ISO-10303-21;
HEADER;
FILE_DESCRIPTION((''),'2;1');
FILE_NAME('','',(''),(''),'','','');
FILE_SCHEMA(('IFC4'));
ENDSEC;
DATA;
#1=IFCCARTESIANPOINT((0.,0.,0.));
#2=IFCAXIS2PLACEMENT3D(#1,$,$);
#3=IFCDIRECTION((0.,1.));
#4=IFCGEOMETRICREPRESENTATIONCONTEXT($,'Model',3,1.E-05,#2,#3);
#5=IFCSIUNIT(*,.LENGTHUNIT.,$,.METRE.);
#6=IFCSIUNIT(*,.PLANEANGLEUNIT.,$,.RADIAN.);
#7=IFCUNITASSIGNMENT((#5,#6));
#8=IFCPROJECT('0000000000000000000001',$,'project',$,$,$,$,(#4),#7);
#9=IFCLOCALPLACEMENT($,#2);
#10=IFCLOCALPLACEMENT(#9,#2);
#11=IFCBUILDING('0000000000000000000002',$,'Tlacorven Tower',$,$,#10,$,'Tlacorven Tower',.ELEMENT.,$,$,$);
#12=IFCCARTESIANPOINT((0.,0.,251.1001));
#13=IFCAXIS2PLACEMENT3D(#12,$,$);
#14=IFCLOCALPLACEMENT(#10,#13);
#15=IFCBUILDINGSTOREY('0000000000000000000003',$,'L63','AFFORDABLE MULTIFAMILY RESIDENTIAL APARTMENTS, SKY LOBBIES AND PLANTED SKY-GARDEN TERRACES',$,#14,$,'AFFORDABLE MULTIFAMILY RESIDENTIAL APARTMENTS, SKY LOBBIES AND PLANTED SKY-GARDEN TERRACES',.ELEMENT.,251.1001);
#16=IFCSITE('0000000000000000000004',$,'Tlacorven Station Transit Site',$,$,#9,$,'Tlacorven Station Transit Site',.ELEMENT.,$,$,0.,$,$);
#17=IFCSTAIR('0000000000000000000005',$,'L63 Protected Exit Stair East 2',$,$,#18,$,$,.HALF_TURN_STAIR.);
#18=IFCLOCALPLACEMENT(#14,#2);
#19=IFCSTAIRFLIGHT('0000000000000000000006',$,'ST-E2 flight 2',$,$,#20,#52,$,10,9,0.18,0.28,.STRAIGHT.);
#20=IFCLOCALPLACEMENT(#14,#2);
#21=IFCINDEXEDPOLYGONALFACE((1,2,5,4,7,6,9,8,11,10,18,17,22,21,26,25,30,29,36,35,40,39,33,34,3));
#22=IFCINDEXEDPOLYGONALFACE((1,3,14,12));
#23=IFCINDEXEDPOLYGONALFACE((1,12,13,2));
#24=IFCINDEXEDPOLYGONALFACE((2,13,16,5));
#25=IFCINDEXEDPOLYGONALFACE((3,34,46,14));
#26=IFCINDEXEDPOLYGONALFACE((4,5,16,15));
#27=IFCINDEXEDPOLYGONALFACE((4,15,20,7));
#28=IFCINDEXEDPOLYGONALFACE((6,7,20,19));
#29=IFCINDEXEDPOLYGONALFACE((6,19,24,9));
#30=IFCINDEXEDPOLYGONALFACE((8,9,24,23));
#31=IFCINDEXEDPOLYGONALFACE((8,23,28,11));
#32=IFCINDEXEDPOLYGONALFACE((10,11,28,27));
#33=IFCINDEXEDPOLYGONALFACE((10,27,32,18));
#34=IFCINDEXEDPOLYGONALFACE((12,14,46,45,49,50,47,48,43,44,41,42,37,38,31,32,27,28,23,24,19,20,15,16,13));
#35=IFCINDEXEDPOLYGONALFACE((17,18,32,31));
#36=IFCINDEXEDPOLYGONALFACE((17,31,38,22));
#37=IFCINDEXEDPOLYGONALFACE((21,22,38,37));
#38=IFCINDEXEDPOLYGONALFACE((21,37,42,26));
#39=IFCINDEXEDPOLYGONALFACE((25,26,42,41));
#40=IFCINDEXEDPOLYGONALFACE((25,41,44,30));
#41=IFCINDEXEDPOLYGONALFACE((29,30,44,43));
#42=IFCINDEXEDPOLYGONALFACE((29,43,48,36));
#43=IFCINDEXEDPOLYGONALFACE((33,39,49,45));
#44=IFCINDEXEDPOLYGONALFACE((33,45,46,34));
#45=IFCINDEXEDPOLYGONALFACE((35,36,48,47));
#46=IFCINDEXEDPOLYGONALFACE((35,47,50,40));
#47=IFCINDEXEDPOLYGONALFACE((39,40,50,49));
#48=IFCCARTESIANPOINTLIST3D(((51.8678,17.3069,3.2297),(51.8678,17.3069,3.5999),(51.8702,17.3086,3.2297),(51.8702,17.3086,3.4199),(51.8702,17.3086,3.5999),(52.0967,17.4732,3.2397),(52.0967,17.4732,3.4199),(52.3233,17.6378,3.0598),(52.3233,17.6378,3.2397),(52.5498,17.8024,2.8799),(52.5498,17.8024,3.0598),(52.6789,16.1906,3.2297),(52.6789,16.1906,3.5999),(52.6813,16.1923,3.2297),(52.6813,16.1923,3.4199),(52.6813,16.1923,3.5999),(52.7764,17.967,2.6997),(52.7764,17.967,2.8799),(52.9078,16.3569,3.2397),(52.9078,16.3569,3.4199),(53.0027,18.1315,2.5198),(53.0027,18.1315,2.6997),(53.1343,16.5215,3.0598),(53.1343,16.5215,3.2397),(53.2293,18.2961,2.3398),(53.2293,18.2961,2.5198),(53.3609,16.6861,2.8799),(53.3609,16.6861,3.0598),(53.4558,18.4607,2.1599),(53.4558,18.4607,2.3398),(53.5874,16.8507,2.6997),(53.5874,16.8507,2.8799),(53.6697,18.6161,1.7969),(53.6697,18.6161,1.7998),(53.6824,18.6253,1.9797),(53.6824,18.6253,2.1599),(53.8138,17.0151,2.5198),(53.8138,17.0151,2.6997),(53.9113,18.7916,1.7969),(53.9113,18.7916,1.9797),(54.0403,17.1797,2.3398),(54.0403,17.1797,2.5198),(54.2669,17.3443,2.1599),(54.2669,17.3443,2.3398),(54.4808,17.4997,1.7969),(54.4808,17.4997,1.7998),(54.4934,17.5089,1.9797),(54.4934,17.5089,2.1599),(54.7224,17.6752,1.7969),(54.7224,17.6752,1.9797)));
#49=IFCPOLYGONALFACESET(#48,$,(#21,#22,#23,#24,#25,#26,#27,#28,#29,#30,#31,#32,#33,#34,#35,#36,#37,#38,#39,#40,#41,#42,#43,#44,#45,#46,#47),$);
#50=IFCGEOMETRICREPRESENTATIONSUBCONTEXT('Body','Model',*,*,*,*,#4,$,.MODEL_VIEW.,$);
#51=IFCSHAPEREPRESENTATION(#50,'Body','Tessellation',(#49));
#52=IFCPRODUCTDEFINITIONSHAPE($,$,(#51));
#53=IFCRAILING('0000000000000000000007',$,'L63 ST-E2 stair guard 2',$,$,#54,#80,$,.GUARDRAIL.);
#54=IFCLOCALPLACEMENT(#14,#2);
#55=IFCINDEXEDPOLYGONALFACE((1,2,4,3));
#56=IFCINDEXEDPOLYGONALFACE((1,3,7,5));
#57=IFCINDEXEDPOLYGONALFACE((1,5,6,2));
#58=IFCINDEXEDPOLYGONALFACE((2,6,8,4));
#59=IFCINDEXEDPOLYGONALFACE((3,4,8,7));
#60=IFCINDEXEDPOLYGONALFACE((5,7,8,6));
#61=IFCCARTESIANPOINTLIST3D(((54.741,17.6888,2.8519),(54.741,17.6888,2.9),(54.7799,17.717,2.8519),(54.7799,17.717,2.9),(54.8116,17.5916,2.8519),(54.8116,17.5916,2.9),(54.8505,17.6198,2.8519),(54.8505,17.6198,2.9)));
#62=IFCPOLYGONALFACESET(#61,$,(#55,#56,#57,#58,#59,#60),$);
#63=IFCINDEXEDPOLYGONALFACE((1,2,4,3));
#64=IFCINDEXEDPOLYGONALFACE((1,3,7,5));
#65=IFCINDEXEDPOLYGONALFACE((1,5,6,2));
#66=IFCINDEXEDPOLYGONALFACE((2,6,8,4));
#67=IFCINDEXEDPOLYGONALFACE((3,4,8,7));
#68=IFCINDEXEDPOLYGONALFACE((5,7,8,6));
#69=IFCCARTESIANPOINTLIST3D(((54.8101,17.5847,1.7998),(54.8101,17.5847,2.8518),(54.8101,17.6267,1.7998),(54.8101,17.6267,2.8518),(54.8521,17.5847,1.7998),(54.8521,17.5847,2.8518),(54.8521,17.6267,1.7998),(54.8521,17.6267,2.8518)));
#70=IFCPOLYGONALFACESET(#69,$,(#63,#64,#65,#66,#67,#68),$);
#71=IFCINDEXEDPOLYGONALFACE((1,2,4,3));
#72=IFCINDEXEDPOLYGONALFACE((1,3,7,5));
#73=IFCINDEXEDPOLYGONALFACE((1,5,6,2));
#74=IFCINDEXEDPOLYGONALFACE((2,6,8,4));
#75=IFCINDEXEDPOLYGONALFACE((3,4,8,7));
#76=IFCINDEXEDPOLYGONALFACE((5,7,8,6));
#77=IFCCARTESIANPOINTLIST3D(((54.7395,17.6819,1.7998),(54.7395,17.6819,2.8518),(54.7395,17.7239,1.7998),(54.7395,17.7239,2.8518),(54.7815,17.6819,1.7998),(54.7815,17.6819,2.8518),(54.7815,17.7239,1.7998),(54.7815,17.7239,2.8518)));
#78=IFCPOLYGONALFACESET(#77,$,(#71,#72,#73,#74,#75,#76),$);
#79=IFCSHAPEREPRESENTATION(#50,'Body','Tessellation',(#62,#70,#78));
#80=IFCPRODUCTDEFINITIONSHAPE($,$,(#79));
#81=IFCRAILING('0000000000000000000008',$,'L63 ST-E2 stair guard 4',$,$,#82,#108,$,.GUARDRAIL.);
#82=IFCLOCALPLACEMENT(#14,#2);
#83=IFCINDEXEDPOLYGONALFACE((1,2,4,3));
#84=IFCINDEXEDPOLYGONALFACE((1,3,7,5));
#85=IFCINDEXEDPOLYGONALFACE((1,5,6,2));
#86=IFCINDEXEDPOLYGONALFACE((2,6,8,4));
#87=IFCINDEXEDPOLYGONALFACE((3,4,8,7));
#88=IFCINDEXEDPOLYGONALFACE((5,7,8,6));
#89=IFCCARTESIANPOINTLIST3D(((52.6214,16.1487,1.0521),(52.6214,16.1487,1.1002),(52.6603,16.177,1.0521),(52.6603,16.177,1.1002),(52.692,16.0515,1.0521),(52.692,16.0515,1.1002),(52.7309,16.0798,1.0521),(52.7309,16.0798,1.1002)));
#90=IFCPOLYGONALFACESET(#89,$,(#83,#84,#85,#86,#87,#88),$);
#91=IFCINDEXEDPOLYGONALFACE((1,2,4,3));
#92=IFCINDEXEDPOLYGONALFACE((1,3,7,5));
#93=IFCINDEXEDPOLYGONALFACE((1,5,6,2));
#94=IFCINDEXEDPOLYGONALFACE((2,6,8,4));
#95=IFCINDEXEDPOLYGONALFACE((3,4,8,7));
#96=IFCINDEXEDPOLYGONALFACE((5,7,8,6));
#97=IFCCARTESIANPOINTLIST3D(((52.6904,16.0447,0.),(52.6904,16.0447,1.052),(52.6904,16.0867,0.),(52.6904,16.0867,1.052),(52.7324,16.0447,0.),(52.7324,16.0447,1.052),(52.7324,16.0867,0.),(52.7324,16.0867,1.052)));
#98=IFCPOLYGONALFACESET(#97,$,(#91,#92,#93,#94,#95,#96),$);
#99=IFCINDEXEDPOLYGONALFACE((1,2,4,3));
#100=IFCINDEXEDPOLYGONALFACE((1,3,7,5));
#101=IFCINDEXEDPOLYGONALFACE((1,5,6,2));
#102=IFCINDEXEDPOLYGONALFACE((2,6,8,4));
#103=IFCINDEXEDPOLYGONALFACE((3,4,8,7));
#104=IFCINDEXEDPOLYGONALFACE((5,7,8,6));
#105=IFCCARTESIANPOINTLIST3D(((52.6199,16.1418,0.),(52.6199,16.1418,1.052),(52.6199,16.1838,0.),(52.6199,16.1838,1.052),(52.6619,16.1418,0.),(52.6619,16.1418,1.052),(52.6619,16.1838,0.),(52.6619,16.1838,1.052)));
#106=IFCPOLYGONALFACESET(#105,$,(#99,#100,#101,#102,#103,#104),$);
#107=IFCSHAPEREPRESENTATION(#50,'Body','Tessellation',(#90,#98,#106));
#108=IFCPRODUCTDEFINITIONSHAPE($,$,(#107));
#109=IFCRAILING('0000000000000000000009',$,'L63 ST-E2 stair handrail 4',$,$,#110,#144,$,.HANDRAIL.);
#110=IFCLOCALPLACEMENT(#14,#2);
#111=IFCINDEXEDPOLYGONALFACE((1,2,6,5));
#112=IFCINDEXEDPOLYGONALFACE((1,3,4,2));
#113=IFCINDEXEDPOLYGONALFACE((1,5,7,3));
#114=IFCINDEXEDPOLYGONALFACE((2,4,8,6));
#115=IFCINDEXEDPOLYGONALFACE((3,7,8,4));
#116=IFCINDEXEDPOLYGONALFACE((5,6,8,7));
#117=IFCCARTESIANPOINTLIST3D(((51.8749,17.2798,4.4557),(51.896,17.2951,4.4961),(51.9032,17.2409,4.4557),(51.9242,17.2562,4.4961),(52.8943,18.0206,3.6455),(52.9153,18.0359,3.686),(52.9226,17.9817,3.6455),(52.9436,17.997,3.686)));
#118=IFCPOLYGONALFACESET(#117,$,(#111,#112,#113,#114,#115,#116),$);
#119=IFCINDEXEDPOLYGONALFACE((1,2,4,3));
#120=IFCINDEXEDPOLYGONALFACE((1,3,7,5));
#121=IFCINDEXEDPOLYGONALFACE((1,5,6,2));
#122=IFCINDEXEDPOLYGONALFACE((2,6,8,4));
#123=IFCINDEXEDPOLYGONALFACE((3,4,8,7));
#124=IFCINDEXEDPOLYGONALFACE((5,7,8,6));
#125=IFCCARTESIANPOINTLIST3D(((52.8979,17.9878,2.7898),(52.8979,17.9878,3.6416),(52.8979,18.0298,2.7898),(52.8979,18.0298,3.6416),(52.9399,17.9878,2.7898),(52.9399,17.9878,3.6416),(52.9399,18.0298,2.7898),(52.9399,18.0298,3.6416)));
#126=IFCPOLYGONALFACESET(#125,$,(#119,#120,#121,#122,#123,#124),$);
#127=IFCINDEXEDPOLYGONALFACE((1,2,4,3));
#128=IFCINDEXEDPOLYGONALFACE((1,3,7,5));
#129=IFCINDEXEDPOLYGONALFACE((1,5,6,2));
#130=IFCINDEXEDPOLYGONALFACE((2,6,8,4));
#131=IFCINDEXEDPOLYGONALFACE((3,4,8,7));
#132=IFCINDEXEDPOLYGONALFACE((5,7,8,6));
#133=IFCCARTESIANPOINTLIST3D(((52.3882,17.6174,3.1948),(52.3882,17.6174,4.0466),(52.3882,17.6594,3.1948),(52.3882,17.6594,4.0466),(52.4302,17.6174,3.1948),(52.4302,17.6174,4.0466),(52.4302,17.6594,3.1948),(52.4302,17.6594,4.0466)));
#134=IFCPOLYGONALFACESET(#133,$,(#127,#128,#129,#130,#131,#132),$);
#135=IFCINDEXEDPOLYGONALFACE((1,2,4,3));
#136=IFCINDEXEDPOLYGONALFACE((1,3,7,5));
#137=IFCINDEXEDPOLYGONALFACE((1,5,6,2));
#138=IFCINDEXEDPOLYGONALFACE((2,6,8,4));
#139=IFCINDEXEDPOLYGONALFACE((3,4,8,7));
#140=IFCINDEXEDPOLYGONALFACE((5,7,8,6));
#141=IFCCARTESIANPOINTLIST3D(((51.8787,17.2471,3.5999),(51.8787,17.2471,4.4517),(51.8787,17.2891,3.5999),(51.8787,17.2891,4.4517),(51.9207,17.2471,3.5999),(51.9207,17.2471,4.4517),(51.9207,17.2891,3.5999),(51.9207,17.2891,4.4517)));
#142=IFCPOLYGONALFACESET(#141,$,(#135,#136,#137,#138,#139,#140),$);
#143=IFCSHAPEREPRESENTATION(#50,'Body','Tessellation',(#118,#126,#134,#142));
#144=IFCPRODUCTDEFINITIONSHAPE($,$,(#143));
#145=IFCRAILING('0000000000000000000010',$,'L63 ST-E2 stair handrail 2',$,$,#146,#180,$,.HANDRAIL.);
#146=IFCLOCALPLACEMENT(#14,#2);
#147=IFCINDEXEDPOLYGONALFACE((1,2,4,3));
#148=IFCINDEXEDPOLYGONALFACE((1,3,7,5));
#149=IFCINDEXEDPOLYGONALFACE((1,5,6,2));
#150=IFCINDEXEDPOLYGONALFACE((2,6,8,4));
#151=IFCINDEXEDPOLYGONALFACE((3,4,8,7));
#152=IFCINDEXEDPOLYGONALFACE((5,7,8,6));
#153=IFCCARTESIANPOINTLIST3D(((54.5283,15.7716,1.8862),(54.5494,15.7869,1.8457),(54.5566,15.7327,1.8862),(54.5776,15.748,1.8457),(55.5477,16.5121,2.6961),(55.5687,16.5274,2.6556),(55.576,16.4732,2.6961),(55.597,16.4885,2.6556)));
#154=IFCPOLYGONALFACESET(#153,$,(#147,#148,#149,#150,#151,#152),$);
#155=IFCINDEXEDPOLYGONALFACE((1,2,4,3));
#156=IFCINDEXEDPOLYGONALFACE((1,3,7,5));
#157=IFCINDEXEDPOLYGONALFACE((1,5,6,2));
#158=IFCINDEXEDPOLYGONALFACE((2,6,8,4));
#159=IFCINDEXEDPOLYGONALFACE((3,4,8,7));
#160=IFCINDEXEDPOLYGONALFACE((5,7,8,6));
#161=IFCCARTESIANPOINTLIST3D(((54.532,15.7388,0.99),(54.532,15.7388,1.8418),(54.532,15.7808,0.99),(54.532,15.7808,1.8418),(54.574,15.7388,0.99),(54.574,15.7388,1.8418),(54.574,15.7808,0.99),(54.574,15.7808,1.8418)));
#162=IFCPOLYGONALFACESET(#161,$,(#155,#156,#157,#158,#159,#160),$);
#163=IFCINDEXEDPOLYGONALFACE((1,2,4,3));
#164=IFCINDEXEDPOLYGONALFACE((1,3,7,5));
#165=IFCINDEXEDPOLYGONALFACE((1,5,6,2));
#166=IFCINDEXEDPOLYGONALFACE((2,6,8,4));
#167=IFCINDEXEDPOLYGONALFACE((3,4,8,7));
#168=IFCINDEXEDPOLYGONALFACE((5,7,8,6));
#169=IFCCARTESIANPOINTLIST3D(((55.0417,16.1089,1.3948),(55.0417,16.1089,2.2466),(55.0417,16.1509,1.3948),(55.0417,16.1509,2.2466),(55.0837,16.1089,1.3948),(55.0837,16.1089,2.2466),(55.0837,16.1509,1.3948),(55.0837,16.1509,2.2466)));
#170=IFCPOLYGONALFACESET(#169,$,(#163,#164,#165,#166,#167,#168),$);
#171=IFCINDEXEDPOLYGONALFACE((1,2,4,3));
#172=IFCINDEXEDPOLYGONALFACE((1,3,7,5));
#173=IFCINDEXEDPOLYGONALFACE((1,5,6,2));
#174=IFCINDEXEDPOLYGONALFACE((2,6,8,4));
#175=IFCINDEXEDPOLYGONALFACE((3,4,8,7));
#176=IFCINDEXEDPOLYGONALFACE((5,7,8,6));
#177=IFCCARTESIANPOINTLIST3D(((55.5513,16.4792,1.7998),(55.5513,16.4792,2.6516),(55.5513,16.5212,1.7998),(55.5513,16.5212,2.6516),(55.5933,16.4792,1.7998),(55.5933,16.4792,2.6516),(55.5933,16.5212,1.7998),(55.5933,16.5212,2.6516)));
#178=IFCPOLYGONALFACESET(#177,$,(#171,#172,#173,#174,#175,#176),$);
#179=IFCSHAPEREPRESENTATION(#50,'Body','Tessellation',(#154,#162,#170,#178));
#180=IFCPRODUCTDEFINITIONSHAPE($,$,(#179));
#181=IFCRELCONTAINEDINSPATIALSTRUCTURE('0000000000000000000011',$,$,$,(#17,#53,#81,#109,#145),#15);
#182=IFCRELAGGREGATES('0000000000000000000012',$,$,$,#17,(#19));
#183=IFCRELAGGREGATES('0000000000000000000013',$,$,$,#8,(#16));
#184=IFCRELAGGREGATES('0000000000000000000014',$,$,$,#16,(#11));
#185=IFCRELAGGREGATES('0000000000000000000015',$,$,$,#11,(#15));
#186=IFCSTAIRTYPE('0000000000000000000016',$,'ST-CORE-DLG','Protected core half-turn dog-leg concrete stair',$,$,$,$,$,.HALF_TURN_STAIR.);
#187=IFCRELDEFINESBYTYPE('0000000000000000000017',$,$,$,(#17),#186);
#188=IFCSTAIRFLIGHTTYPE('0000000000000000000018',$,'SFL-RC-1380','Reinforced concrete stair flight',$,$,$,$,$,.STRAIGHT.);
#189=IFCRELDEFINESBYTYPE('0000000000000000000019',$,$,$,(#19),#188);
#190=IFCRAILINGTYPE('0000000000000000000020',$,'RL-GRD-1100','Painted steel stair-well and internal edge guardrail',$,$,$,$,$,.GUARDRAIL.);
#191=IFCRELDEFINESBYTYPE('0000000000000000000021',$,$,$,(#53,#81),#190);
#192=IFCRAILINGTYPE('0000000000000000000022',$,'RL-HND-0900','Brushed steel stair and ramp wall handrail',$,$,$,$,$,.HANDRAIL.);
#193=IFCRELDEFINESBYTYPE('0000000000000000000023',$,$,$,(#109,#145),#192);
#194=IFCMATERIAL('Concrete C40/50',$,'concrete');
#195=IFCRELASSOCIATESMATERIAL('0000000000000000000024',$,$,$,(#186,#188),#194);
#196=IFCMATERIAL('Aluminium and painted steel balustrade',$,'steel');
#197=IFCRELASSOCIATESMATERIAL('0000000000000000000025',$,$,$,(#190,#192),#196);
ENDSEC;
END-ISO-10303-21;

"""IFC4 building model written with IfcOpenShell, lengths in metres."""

from ifc_helpers import new_model, si_unit, direction, frame, origin, origin_2d, place, context, subcontext, project, spatial, polyline, rectangle, outline, extrude, source, transform, mapped, material, type_object, element, aggregate, save


model = new_model("IFC4")

# Units and contexts
model_context = context("Model", 3, precision=1e-05, world=origin(), true_north=direction((0.0, 1.0)))
body_context = subcontext(model_context, "Body", "Model", "MODEL_VIEW")
ifc_project = project(units=[si_unit("LENGTHUNIT", "METRE"), si_unit("PLANEANGLEUNIT", "RADIAN")], contexts=[model_context])

# Site, building, storey
site_placement = place(None, origin())
site = spatial("IfcSite", under=ifc_project, at=site_placement, Name="Tlacorven Station Transit Site", LongName="Tlacorven Station Transit Site", CompositionType="ELEMENT", RefElevation=0.0)
building_placement = place(site_placement, origin())
building = spatial("IfcBuilding", under=site, at=building_placement, Name="Tlacorven Tower", LongName="Tlacorven Tower", CompositionType="ELEMENT")
storey_placement = place(building_placement, frame((0.0, 0.0, 251.1001)))
storey = spatial("IfcBuildingStorey", under=building, at=storey_placement, Name="L63", Description="AFFORDABLE MULTIFAMILY RESIDENTIAL APARTMENTS, SKY LOBBIES AND PLANTED SKY-GARDEN TERRACES", LongName="AFFORDABLE MULTIFAMILY RESIDENTIAL APARTMENTS, SKY LOBBIES AND PLANTED SKY-GARDEN TERRACES", CompositionType="ELEMENT", Elevation=251.1001)

# Stair, stair flight
ifc_material_1 = material(Name="Concrete C40/50", Category="concrete")
stair_type = type_object("IfcStairType", Name="ST-CORE-DLG", Description="Protected core half-turn dog-leg concrete stair", PredefinedType="HALF_TURN_STAIR", material=ifc_material_1)
stair_placement = place(storey_placement, origin())
stair = element("IfcStair", 1, at=stair_placement, inside=storey, type_object=stair_type, Name="L63 Protected Exit Stair East 2", PredefinedType="HALF_TURN_STAIR")
stair_flight_type = type_object("IfcStairFlightType", Name="SFL-RC-1380", Description="Reinforced concrete stair flight", PredefinedType="STRAIGHT", material=ifc_material_1)
shared_shape_1 = source(origin(), body_context, "Body", "SweptSolid", [
    extrude(outline(polyline([(-0.0029, -0.0029), (-0.0029, 0.1799), (0.28, 0.1799), (0.28, 0.3601), (0.5601, 0.3601), (0.5601, 0.54), (0.8401, 0.54), (0.8401, 0.72), (1.1201, 0.72), (1.1201, 0.8999), (1.3999, 0.8999), (1.3999, 1.0801), (1.6799, 1.0801), (1.6799, 1.26), (1.96, 1.26), (1.96, 1.4399), (2.24, 1.4399), (2.24, 1.6201), (2.52, 1.6201), (2.52, 1.8), (2.5229, 1.8), (2.5229, 1.4299), (2.52, 1.4299), (0.2957, 0.0), (0.2957, -0.0029), (-0.0029, -0.0029)])), frame((0.0, 0.6899, 0.0), z_axis=(0.0, -1.0, 0.0), x_axis=(1.0, 0.0, 0.0)), (0.0, 0.0, 1.0), 1.3799),
])
stair_flight_1_placement = place(storey_placement, frame((54.3145, 18.2317, 1.7998), z_axis=(0.0, 0.0, 1.0), x_axis=(-0.809017, -0.587785, 0.0)))
stair_flight_1 = element("IfcStairFlight", 2, at=stair_flight_1_placement, type_object=stair_flight_type, Name="ST-E2 flight 2", NumberOfRisers=10, NumberOfTreads=9, PredefinedType="STRAIGHT", RiserHeight=0.18, TreadLength=0.28, context=body_context, shape_type="MappedRepresentation", body=[
    mapped(shared_shape_1, transform((0.0, 0.0, 0.0), scale=1.0)),
])
aggregate(stair, [stair_flight_1])

# Railings
ifc_material_2 = material(Name="Aluminium and painted steel balustrade", Category="steel")
railing_type_1 = type_object("IfcRailingType", Name="RL-GRD-1100", Description="Painted steel stair-well and internal edge guardrail", PredefinedType="GUARDRAIL", material=ifc_material_2)
shared_shape_2 = source(origin(), body_context, "Body", "SweptSolid", [
    extrude(rectangle(XDim=0.0481, YDim=0.0481, at=origin_2d()), frame((0.0, 0.0, 1.0762), z_axis=(-0.587567, 0.809175, 0.0), x_axis=(-0.809175, -0.587567, 0.0)), (0.0, 0.0, 1.0), 0.1201),
    extrude(rectangle(XDim=0.042, YDim=0.042, at=origin_2d()), origin(), (0.0, 0.0, 1.0), 1.052),
    extrude(rectangle(XDim=0.042, YDim=0.042, at=origin_2d()), frame((-0.0706, 0.0972, 0.0)), (0.0, 0.0, 1.0), 1.052),
])
for number, where, name in (
    (3, (54.8311, 17.6057, 1.7998), "L63 ST-E2 stair guard 2"),
    (4, (52.7114, 16.0657, 0.0), "L63 ST-E2 stair guard 4"),
):
    element("IfcRailing", number, at=place(storey_placement, frame(where)), inside=storey, type_object=railing_type_1, Name=name, PredefinedType="GUARDRAIL", context=body_context, shape_type="MappedRepresentation", body=[
        mapped(shared_shape_2, transform((0.0, 0.0, 0.0), scale=1.0)),
    ])
railing_type_2 = type_object("IfcRailingType", Name="RL-HND-0900", Description="Brushed steel stair and ramp wall handrail", PredefinedType="HANDRAIL", material=ifc_material_2)
shared_shape_3 = source(origin(), body_context, "Body", "SweptSolid", [
    extrude(rectangle(XDim=0.0481, YDim=0.0481, at=origin_2d()), frame((0.0, 0.0, 0.876), z_axis=(-0.680461, -0.494496, 0.540783), x_axis=(0.587872, -0.808954, 0.0)), (0.0, 0.0, 1.0), 1.498),
    extrude(rectangle(XDim=0.042, YDim=0.042, at=origin_2d()), origin(), (0.0, 0.0, 1.0), 0.8518),
    extrude(rectangle(XDim=0.042, YDim=0.042, at=origin_2d()), frame((-0.5098, -0.3704, 0.405)), (0.0, 0.0, 1.0), 0.8518),
    extrude(rectangle(XDim=0.042, YDim=0.042, at=origin_2d()), frame((-1.0193, -0.7407, 0.8101)), (0.0, 0.0, 1.0), 0.8518),
])
railing_1_placement = place(storey_placement, frame((52.9189, 18.0088, 2.7898)))
element("IfcRailing", 5, at=railing_1_placement, inside=storey, type_object=railing_type_2, Name="L63 ST-E2 stair handrail 4", PredefinedType="HANDRAIL", context=body_context, shape_type="MappedRepresentation", body=[
    mapped(shared_shape_3, transform((0.0, 0.0, 0.0), scale=1.0)),
])
shared_shape_4 = source(origin(), body_context, "Body", "SweptSolid", [
    extrude(rectangle(XDim=0.0481, YDim=0.0481, at=origin_2d()), frame((0.0, 0.0, 0.876), z_axis=(0.680576, 0.494416, 0.540712), x_axis=(-0.587745, 0.809046, 0.0)), (0.0, 0.0, 1.0), 1.4978),
    extrude(rectangle(XDim=0.042, YDim=0.042, at=origin_2d()), origin(), (0.0, 0.0, 1.0), 0.8518),
    extrude(rectangle(XDim=0.042, YDim=0.042, at=origin_2d()), frame((0.5098, 0.3701, 0.4048)), (0.0, 0.0, 1.0), 0.8518),
    extrude(rectangle(XDim=0.042, YDim=0.042, at=origin_2d()), frame((1.0193, 0.7405, 0.8098)), (0.0, 0.0, 1.0), 0.8518),
])
railing_2_placement = place(storey_placement, frame((54.553, 15.7598, 0.99)))
element("IfcRailing", 6, at=railing_2_placement, inside=storey, type_object=railing_type_2, Name="L63 ST-E2 stair handrail 2", PredefinedType="HANDRAIL", context=body_context, shape_type="MappedRepresentation", body=[
    mapped(shared_shape_4, transform((0.0, 0.0, 0.0), scale=1.0)),
])

save(model, "model.ifc")
